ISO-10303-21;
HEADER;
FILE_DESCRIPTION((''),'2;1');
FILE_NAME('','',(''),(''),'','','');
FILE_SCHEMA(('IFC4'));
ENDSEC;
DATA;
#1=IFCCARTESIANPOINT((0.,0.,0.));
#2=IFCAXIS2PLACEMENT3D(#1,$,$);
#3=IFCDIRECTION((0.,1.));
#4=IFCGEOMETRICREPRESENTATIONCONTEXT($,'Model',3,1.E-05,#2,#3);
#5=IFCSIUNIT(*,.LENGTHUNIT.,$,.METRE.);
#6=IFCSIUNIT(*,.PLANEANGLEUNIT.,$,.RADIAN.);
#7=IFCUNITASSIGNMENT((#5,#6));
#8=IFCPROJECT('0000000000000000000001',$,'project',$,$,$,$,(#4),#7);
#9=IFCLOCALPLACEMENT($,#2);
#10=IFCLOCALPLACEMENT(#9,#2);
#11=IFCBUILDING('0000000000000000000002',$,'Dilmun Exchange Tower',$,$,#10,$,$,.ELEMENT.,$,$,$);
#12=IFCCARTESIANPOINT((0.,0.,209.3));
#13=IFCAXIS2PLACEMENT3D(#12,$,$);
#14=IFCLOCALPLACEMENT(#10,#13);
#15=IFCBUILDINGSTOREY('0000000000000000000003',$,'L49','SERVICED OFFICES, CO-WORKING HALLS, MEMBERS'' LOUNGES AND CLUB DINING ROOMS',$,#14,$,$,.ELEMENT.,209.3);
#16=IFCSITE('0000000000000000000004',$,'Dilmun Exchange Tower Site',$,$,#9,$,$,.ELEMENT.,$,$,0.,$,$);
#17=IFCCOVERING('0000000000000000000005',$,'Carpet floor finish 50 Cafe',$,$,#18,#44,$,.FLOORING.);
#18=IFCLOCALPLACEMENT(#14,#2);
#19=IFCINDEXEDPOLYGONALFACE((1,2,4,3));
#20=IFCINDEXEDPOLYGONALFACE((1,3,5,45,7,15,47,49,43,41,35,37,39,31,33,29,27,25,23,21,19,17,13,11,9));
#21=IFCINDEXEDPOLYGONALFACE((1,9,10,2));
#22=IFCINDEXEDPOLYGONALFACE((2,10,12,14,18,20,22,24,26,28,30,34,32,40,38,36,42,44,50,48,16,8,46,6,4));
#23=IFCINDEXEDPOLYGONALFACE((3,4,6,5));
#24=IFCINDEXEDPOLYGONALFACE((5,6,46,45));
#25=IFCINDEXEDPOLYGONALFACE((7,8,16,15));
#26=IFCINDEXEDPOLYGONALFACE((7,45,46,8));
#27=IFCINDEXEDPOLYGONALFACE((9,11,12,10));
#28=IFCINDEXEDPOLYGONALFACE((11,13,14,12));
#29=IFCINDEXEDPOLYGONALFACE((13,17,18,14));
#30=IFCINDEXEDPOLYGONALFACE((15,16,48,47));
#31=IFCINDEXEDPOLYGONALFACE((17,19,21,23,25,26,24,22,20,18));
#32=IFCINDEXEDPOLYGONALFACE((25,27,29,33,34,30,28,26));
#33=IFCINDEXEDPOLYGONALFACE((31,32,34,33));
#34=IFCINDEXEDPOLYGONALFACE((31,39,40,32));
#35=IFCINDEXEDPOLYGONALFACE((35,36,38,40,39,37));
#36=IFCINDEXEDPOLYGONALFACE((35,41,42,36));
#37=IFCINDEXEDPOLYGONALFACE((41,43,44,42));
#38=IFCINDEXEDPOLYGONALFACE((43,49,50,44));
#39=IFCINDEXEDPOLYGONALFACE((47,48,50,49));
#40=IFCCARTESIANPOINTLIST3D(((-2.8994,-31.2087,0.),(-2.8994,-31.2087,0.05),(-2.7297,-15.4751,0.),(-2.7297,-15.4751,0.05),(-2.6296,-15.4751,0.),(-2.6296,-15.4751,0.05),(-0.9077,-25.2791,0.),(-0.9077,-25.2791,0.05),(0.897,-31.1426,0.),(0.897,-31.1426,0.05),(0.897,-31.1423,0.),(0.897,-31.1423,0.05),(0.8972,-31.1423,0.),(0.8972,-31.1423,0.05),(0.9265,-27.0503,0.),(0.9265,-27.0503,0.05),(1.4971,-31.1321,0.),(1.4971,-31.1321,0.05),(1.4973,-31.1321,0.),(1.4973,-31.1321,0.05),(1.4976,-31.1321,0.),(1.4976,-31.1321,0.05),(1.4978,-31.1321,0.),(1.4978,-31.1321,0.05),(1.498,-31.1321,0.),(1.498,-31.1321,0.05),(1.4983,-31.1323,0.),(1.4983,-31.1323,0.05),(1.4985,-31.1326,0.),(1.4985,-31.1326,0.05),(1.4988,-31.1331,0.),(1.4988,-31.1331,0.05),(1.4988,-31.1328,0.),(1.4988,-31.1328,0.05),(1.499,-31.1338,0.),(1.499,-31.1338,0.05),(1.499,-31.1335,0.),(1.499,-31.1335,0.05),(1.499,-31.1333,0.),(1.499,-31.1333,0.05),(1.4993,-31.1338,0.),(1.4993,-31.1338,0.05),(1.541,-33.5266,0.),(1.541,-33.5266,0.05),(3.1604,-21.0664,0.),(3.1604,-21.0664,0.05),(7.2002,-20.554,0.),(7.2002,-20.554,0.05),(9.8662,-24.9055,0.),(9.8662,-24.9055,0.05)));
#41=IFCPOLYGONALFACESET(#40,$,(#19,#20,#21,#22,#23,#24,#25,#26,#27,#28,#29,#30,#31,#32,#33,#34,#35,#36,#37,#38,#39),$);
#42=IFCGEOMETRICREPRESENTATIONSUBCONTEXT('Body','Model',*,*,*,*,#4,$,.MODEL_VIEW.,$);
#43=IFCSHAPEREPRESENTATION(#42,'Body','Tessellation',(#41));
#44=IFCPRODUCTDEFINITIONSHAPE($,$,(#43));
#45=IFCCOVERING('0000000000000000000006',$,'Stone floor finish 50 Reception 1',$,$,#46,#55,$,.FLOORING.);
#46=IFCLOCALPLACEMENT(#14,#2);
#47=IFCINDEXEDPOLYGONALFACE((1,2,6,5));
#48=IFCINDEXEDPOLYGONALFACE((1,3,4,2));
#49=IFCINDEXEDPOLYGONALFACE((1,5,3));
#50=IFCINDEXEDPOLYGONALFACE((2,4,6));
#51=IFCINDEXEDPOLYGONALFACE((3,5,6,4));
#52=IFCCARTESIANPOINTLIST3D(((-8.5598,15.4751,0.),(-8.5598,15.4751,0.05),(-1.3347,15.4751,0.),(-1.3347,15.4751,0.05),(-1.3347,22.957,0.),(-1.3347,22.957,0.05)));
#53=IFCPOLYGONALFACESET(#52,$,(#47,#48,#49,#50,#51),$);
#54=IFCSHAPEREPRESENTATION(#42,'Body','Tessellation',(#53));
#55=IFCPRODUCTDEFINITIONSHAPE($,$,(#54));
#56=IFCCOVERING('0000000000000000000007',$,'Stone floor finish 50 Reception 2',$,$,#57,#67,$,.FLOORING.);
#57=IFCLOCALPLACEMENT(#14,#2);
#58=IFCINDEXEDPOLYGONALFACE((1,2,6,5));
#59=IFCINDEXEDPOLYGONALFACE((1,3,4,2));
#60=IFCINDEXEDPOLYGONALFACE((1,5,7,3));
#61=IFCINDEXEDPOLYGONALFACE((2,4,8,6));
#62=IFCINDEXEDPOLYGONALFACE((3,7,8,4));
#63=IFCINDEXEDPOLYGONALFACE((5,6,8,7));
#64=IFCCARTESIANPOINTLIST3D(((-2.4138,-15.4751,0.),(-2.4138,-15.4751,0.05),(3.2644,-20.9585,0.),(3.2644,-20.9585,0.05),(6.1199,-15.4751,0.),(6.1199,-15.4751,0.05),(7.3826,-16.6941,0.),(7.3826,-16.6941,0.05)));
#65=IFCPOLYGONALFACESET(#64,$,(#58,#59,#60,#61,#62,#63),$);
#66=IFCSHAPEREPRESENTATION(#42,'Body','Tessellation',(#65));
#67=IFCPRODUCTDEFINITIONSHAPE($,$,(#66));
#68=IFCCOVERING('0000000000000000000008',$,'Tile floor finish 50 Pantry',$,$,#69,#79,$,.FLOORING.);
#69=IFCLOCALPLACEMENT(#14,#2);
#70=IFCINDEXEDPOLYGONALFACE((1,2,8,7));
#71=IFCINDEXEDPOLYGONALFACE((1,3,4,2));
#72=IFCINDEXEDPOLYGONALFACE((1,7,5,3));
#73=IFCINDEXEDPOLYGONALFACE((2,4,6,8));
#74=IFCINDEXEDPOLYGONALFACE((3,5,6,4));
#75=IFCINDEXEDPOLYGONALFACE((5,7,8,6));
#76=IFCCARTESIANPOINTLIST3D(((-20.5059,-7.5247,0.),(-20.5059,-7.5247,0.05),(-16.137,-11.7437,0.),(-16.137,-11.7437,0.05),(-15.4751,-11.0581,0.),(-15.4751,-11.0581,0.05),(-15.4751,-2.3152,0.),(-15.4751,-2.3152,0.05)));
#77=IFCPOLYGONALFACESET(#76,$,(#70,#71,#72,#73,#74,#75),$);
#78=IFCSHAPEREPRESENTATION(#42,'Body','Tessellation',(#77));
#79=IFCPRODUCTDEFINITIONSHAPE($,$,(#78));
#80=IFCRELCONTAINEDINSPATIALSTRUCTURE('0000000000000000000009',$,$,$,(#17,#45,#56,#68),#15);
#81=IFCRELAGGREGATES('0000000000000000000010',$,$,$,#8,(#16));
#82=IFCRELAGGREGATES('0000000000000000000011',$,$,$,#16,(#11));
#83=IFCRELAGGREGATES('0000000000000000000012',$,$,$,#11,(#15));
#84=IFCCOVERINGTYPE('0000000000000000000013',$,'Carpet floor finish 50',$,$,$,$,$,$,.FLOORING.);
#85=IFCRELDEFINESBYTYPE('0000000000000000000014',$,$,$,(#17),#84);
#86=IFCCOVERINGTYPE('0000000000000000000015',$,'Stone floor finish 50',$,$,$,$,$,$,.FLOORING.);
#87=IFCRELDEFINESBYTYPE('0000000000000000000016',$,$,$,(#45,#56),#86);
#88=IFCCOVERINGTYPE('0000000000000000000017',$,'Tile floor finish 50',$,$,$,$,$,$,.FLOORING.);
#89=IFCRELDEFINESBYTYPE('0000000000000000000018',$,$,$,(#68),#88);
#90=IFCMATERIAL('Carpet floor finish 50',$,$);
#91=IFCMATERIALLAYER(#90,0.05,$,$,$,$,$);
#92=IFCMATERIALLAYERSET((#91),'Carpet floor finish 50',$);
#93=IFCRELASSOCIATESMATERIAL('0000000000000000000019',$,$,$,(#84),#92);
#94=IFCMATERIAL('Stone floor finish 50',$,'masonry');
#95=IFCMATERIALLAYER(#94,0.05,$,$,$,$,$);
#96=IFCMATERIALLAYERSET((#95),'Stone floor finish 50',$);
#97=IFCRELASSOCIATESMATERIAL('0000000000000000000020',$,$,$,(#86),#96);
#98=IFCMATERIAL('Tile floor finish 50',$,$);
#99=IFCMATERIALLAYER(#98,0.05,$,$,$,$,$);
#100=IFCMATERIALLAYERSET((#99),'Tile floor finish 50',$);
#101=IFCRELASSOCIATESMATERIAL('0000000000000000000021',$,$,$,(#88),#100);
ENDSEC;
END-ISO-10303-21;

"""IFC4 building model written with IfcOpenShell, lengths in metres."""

from ifc_helpers import new_model, si_unit, direction, frame, origin, place, context, subcontext, project, spatial, polyline, outline, extrude, material, layer, layer_set, type_object, element, save


model = new_model("IFC4")

# Units and contexts
model_context = context("Model", 3, precision=1e-05, world=origin(), true_north=direction((0.0, 1.0)))
body_context = subcontext(model_context, "Body", "Model", "MODEL_VIEW")
ifc_project = project(units=[si_unit("LENGTHUNIT", "METRE"), si_unit("PLANEANGLEUNIT", "RADIAN")], contexts=[model_context])

# Site, building, storey
site_placement = place(None, origin())
site = spatial("IfcSite", under=ifc_project, at=site_placement, Name="Dilmun Exchange Tower Site", CompositionType="ELEMENT", RefElevation=0.0)
building_placement = place(site_placement, origin())
building = spatial("IfcBuilding", under=site, at=building_placement, Name="Dilmun Exchange Tower", CompositionType="ELEMENT")
storey_placement = place(building_placement, frame((0.0, 0.0, 209.3)))
storey = spatial("IfcBuildingStorey", under=building, at=storey_placement, Name="L49", Description="SERVICED OFFICES, CO-WORKING HALLS, MEMBERS' LOUNGES AND CLUB DINING ROOMS", CompositionType="ELEMENT", Elevation=209.3)

# Coverings
ifc_material_1 = material(Name="Carpet floor finish 50")
ifc_layer_1 = layer(ifc_material_1, 0.05)
ifc_layer_set_1 = layer_set([ifc_layer_1], Name="Carpet floor finish 50")
covering_type_1 = type_object("IfcCoveringType", Name="Carpet floor finish 50", PredefinedType="FLOORING", material=ifc_layer_set_1)
covering_1_placement = place(storey_placement, origin())
element("IfcCovering", 1, at=covering_1_placement, inside=storey, type_object=covering_type_1, Name="Carpet floor finish 50 Cafe", PredefinedType="FLOORING", context=body_context, shape_type="SweptSolid", body=[
    extrude(outline(polyline([(7.2002, -20.554), (9.8662, -24.9055), (1.541, -33.5266), (1.4993, -31.1338), (1.499, -31.1338), (1.499, -31.1335), (1.499, -31.1333), (1.499, -31.1333), (1.4988, -31.1331), (1.4988, -31.1328), (1.4988, -31.1328), (1.4985, -31.1326), (1.4983, -31.1323), (1.4983, -31.1323), (1.498, -31.1321), (1.4978, -31.1321), (1.4978, -31.1321), (1.4976, -31.1321), (1.4973, -31.1321), (1.4971, -31.1321), (0.8972, -31.1423), (0.897, -31.1423), (0.897, -31.1426), (-2.8994, -31.2087), (-2.7297, -15.4751), (-2.6296, -15.4751), (3.1604, -21.0664), (-0.9077, -25.2791), (0.9265, -27.0503), (7.2002, -20.554)])), origin(), (0.0, 0.0, 1.0), 0.05),
])
ifc_material_2 = material(Name="Stone floor finish 50", Category="masonry")
ifc_layer_2 = layer(ifc_material_2, 0.05)
ifc_layer_set_2 = layer_set([ifc_layer_2], Name="Stone floor finish 50")
covering_type_2 = type_object("IfcCoveringType", Name="Stone floor finish 50", PredefinedType="FLOORING", material=ifc_layer_set_2)
covering_2_placement = place(storey_placement, origin())
element("IfcCovering", 2, at=covering_2_placement, inside=storey, type_object=covering_type_2, Name="Stone floor finish 50 Reception 1", PredefinedType="FLOORING", context=body_context, shape_type="SweptSolid", body=[
    extrude(outline(polyline([(-1.3347, 22.957), (-1.3347, 15.4751), (-8.5598, 15.4751), (-1.3347, 22.957)])), origin(), (0.0, 0.0, 1.0), 0.05),
])
covering_3_placement = place(storey_placement, origin())
element("IfcCovering", 3, at=covering_3_placement, inside=storey, type_object=covering_type_2, Name="Stone floor finish 50 Reception 2", PredefinedType="FLOORING", context=body_context, shape_type="SweptSolid", body=[
    extrude(outline(polyline([(7.3826, -16.6941), (3.2644, -20.9585), (-2.4138, -15.4751), (6.1199, -15.4751), (7.3826, -16.6941)])), origin(), (0.0, 0.0, 1.0), 0.05),
])
ifc_material_3 = material(Name="Tile floor finish 50")
ifc_layer_3 = layer(ifc_material_3, 0.05)
ifc_layer_set_3 = layer_set([ifc_layer_3], Name="Tile floor finish 50")
covering_type_3 = type_object("IfcCoveringType", Name="Tile floor finish 50", PredefinedType="FLOORING", material=ifc_layer_set_3)
covering_4_placement = place(storey_placement, origin())
element("IfcCovering", 4, at=covering_4_placement, inside=storey, type_object=covering_type_3, Name="Tile floor finish 50 Pantry", PredefinedType="FLOORING", context=body_context, shape_type="SweptSolid", body=[
    extrude(outline(polyline([(-16.137, -11.7437), (-20.5059, -7.5247), (-15.4751, -2.3152), (-15.4751, -11.0581), (-16.137, -11.7437)])), origin(), (0.0, 0.0, 1.0), 0.05),
])

save(model, "model.ifc")
